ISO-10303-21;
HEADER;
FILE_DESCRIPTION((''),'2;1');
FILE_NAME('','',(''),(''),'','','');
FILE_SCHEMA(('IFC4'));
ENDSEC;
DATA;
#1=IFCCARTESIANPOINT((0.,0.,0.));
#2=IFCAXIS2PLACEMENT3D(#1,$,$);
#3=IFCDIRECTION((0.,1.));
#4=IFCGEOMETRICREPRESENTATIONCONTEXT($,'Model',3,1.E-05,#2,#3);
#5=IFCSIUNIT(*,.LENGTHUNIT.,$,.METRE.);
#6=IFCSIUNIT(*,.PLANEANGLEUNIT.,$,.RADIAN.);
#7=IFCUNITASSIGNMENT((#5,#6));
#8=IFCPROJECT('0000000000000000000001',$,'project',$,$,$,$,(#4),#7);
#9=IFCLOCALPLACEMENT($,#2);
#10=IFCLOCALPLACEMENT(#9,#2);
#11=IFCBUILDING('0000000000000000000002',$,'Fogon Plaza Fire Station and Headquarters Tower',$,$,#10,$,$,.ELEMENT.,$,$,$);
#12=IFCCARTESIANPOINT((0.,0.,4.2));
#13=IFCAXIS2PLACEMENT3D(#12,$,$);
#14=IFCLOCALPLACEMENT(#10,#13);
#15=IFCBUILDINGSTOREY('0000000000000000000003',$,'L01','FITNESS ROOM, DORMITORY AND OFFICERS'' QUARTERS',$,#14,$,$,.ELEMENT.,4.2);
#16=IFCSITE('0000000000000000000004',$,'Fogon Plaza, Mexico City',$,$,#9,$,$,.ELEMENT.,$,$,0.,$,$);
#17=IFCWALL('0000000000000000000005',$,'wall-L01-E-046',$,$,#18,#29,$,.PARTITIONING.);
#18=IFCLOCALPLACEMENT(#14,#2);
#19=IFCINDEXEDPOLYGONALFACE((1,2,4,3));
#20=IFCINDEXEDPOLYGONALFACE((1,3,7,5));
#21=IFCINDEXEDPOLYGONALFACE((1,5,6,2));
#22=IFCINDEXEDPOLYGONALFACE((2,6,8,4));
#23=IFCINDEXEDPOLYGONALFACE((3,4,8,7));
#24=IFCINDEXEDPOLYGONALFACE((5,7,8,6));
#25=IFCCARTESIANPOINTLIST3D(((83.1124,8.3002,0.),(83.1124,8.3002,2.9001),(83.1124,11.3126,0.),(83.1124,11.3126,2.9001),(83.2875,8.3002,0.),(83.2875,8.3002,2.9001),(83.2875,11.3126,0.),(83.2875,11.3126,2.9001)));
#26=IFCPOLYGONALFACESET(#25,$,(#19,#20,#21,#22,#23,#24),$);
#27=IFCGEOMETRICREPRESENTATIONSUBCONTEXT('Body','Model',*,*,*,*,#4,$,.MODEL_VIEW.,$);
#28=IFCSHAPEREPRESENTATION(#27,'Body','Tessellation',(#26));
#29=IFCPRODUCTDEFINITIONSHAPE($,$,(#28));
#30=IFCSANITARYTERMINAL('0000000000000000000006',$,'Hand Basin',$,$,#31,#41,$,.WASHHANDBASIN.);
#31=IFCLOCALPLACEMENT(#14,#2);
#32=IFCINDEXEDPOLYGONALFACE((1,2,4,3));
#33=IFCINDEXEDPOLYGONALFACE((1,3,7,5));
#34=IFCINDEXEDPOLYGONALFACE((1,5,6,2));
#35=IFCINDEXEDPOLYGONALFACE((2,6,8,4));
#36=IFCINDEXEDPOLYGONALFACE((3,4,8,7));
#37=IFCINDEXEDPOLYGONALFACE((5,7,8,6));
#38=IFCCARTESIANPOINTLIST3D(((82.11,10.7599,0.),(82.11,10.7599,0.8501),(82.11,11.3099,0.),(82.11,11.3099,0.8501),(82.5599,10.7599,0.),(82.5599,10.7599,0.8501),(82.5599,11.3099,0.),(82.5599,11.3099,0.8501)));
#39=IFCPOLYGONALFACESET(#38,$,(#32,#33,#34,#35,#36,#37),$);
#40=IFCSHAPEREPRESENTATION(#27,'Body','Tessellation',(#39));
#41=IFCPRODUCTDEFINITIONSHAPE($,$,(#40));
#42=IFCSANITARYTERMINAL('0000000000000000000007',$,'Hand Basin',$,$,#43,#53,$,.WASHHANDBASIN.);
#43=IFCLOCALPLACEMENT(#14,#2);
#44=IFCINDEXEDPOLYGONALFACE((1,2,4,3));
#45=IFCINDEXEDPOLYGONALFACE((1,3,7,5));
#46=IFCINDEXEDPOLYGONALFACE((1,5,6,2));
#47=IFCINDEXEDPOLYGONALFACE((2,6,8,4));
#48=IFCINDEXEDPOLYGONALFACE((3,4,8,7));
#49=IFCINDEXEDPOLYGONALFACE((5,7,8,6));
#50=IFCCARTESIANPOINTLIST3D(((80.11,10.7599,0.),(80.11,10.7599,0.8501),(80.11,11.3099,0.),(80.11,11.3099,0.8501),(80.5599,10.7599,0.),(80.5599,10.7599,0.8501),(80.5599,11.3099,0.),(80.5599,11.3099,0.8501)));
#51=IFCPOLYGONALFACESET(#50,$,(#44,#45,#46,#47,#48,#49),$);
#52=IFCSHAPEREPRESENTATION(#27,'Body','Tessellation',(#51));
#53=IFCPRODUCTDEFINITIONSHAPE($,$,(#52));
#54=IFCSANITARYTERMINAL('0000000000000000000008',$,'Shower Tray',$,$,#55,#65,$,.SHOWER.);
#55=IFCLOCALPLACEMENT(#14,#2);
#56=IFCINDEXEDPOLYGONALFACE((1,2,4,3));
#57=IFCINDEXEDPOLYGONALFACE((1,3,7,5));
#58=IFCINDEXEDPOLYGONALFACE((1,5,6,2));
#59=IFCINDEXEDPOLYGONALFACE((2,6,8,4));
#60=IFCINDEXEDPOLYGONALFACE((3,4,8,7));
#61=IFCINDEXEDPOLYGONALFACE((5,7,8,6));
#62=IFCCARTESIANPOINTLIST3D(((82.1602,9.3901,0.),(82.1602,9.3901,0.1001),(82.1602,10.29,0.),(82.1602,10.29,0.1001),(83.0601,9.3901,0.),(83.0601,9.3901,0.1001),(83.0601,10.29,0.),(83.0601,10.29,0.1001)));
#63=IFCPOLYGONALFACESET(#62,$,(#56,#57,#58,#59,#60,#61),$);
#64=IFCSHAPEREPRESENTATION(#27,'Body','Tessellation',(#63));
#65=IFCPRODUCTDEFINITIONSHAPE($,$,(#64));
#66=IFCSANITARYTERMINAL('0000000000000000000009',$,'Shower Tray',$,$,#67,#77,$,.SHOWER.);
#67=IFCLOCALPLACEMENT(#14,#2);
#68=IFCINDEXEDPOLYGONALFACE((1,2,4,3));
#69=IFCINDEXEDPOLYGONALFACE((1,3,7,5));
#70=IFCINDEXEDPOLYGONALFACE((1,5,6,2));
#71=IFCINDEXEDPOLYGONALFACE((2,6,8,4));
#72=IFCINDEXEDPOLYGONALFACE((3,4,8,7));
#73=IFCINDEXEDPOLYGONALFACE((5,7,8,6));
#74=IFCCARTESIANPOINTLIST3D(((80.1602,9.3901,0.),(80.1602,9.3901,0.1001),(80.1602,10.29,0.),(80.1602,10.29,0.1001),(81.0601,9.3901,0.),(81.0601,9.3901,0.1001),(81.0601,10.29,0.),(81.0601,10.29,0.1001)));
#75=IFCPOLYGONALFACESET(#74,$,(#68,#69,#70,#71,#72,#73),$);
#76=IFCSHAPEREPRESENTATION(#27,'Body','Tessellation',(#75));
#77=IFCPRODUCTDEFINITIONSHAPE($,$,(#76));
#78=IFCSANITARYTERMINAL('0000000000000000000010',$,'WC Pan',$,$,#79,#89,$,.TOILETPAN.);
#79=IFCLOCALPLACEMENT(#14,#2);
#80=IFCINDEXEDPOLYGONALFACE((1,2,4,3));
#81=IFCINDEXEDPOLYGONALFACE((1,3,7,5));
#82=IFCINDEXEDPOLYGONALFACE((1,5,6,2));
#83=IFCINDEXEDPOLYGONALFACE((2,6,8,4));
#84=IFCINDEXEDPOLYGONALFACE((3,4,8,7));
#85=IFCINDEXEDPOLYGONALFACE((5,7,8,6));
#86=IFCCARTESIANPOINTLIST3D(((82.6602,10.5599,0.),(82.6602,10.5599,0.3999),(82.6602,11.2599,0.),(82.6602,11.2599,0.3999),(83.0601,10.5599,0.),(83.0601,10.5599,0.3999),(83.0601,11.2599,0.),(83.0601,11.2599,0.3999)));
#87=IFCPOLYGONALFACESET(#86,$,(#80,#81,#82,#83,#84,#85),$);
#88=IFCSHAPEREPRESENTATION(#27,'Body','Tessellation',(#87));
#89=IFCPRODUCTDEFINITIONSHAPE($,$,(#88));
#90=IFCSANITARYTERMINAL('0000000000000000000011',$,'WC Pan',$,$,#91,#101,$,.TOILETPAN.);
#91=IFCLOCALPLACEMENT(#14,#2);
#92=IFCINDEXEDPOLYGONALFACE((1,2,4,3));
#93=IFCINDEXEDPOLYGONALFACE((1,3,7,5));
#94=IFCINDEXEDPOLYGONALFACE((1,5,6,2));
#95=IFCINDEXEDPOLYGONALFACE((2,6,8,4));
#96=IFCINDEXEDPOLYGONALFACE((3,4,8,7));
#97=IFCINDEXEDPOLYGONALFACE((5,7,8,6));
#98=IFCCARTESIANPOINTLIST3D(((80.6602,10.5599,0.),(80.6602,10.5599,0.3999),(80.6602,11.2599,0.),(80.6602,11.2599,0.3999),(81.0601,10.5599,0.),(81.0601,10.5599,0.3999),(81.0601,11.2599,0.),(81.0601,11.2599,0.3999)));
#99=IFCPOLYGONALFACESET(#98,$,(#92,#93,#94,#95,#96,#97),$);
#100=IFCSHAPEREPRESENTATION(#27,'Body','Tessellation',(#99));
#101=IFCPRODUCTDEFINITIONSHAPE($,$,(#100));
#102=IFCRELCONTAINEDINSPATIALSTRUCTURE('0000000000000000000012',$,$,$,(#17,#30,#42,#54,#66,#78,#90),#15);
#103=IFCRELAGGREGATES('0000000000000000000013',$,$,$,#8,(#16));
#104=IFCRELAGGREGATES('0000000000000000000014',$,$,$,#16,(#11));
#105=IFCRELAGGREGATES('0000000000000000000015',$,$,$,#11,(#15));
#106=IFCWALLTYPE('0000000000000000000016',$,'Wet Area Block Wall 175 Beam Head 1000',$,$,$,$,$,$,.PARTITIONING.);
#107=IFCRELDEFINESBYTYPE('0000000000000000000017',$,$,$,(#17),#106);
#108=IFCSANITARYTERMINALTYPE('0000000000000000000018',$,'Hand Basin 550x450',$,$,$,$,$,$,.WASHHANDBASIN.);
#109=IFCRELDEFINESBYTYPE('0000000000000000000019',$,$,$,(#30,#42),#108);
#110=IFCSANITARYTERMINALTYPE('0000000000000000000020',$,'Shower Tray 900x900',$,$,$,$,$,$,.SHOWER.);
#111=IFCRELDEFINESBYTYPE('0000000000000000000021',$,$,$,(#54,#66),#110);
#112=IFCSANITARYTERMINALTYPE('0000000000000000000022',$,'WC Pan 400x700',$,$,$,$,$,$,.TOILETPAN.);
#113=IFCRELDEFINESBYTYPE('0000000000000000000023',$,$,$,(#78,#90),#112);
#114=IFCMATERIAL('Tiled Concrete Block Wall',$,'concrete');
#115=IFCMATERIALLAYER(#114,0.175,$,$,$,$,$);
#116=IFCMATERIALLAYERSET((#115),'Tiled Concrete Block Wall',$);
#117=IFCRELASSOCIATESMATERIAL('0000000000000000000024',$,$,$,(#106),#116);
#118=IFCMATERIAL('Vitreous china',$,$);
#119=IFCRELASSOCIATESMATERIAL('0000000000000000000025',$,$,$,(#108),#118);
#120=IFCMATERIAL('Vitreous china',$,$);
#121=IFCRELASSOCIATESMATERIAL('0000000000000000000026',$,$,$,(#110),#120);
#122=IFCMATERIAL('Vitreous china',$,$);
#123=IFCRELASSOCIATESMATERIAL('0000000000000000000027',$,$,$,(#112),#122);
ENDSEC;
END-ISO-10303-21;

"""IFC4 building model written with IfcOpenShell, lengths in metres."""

from ifc_helpers import new_model, si_unit, direction, frame, frame_2d, origin, origin_2d, place, context, subcontext, project, spatial, rectangle, extrude, material, layer, layer_set, type_object, element, save


model = new_model("IFC4")

# Units and contexts
model_context = context("Model", 3, precision=1e-05, world=origin(), true_north=direction((0.0, 1.0)))
body_context = subcontext(model_context, "Body", "Model", "MODEL_VIEW")
ifc_project = project(units=[si_unit("LENGTHUNIT", "METRE"), si_unit("PLANEANGLEUNIT", "RADIAN")], contexts=[model_context])

# Site, building, storey
site_placement = place(None, origin())
site = spatial("IfcSite", under=ifc_project, at=site_placement, Name="Fogon Plaza, Mexico City", CompositionType="ELEMENT", RefElevation=0.0)
building_placement = place(site_placement, origin())
building = spatial("IfcBuilding", under=site, at=building_placement, Name="Fogon Plaza Fire Station and Headquarters Tower", CompositionType="ELEMENT")
storey_placement = place(building_placement, frame((0.0, 0.0, 4.2)))
storey = spatial("IfcBuildingStorey", under=building, at=storey_placement, Name="L01", Description="FITNESS ROOM, DORMITORY AND OFFICERS' QUARTERS", CompositionType="ELEMENT", Elevation=4.2)

# Wall
ifc_material_1 = material(Name="Tiled Concrete Block Wall", Category="concrete")
ifc_layer_1 = layer(ifc_material_1, 0.175)
ifc_layer_set_1 = layer_set([ifc_layer_1], Name="Tiled Concrete Block Wall")
wall_type_1 = type_object("IfcWallType", Name="Wet Area Block Wall 175 Beam Head 1000", PredefinedType="PARTITIONING", material=ifc_layer_set_1)
wall_1_placement = place(storey_placement, frame((83.2, 8.3, 0.0), z_axis=(0.0, 0.0, 1.0), x_axis=(0.0, 1.0, 0.0)))
element("IfcWall", 1, at=wall_1_placement, inside=storey, type_object=wall_type_1, Name="wall-L01-E-046", PredefinedType="PARTITIONING", context=body_context, shape_type="SweptSolid", body=[
    extrude(rectangle(XDim=3.0125, YDim=0.175, at=frame_2d((1.5063, 0.0))), origin(), (0.0, 0.0, 1.0), 2.9001),
])

# Sanitary terminals
ifc_material_2 = material(Name="Vitreous china")
sanitary_terminal_type_1 = type_object("IfcSanitaryTerminalType", Name="Hand Basin 550x450", PredefinedType="WASHHANDBASIN", material=ifc_material_2)
for number, where, z_axis, x_axis, name in (
    (2, (82.335, 11.0349, 0.0), (0.0, 0.0, 1.0), (1.0, 0.0, 0.0), "Hand Basin"),
    (3, (80.335, 11.0349, 0.0), (0.0, 0.0, 1.0), (1.0, 0.0, 0.0), "Hand Basin"),
):
    element("IfcSanitaryTerminal", number, at=place(storey_placement, frame(where, z_axis=z_axis, x_axis=x_axis)), inside=storey, type_object=sanitary_terminal_type_1, Name=name, PredefinedType="WASHHANDBASIN", context=body_context, shape_type="SweptSolid", body=[
        extrude(rectangle(XDim=0.45, YDim=0.55, at=origin_2d()), origin(), (0.0, 0.0, 1.0), 0.8501),
    ])
ifc_material_3 = material(Name="Vitreous china")
sanitary_terminal_type_2 = type_object("IfcSanitaryTerminalType", Name="Shower Tray 900x900", PredefinedType="SHOWER", material=ifc_material_3)
for number, where, z_axis, x_axis, name in (
    (4, (82.6101, 9.8401, 0.0), (0.0, 0.0, 1.0), (1.0, 0.0, 0.0), "Shower Tray"),
    (5, (80.6101, 9.8401, 0.0), (0.0, 0.0, 1.0), (1.0, 0.0, 0.0), "Shower Tray"),
):
    element("IfcSanitaryTerminal", number, at=place(storey_placement, frame(where, z_axis=z_axis, x_axis=x_axis)), inside=storey, type_object=sanitary_terminal_type_2, Name=name, PredefinedType="SHOWER", context=body_context, shape_type="SweptSolid", body=[
        extrude(rectangle(XDim=0.8999, YDim=0.8999, at=origin_2d()), origin(), (0.0, 0.0, 1.0), 0.1001),
    ])
ifc_material_4 = material(Name="Vitreous china")
sanitary_terminal_type_3 = type_object("IfcSanitaryTerminalType", Name="WC Pan 400x700", PredefinedType="TOILETPAN", material=ifc_material_4)
for number, where, z_axis, x_axis, name in (
    (6, (82.8601, 10.9099, 0.0), (0.0, 0.0, 1.0), (1.0, 0.0, 0.0), "WC Pan"),
    (7, (80.8601, 10.9099, 0.0), (0.0, 0.0, 1.0), (1.0, 0.0, 0.0), "WC Pan"),
):
    element("IfcSanitaryTerminal", number, at=place(storey_placement, frame(where, z_axis=z_axis, x_axis=x_axis)), inside=storey, type_object=sanitary_terminal_type_3, Name=name, PredefinedType="TOILETPAN", context=body_context, shape_type="SweptSolid", body=[
        extrude(rectangle(XDim=0.3999, YDim=0.7, at=origin_2d()), origin(), (0.0, 0.0, 1.0), 0.3999),
    ])

save(model, "model.ifc")
